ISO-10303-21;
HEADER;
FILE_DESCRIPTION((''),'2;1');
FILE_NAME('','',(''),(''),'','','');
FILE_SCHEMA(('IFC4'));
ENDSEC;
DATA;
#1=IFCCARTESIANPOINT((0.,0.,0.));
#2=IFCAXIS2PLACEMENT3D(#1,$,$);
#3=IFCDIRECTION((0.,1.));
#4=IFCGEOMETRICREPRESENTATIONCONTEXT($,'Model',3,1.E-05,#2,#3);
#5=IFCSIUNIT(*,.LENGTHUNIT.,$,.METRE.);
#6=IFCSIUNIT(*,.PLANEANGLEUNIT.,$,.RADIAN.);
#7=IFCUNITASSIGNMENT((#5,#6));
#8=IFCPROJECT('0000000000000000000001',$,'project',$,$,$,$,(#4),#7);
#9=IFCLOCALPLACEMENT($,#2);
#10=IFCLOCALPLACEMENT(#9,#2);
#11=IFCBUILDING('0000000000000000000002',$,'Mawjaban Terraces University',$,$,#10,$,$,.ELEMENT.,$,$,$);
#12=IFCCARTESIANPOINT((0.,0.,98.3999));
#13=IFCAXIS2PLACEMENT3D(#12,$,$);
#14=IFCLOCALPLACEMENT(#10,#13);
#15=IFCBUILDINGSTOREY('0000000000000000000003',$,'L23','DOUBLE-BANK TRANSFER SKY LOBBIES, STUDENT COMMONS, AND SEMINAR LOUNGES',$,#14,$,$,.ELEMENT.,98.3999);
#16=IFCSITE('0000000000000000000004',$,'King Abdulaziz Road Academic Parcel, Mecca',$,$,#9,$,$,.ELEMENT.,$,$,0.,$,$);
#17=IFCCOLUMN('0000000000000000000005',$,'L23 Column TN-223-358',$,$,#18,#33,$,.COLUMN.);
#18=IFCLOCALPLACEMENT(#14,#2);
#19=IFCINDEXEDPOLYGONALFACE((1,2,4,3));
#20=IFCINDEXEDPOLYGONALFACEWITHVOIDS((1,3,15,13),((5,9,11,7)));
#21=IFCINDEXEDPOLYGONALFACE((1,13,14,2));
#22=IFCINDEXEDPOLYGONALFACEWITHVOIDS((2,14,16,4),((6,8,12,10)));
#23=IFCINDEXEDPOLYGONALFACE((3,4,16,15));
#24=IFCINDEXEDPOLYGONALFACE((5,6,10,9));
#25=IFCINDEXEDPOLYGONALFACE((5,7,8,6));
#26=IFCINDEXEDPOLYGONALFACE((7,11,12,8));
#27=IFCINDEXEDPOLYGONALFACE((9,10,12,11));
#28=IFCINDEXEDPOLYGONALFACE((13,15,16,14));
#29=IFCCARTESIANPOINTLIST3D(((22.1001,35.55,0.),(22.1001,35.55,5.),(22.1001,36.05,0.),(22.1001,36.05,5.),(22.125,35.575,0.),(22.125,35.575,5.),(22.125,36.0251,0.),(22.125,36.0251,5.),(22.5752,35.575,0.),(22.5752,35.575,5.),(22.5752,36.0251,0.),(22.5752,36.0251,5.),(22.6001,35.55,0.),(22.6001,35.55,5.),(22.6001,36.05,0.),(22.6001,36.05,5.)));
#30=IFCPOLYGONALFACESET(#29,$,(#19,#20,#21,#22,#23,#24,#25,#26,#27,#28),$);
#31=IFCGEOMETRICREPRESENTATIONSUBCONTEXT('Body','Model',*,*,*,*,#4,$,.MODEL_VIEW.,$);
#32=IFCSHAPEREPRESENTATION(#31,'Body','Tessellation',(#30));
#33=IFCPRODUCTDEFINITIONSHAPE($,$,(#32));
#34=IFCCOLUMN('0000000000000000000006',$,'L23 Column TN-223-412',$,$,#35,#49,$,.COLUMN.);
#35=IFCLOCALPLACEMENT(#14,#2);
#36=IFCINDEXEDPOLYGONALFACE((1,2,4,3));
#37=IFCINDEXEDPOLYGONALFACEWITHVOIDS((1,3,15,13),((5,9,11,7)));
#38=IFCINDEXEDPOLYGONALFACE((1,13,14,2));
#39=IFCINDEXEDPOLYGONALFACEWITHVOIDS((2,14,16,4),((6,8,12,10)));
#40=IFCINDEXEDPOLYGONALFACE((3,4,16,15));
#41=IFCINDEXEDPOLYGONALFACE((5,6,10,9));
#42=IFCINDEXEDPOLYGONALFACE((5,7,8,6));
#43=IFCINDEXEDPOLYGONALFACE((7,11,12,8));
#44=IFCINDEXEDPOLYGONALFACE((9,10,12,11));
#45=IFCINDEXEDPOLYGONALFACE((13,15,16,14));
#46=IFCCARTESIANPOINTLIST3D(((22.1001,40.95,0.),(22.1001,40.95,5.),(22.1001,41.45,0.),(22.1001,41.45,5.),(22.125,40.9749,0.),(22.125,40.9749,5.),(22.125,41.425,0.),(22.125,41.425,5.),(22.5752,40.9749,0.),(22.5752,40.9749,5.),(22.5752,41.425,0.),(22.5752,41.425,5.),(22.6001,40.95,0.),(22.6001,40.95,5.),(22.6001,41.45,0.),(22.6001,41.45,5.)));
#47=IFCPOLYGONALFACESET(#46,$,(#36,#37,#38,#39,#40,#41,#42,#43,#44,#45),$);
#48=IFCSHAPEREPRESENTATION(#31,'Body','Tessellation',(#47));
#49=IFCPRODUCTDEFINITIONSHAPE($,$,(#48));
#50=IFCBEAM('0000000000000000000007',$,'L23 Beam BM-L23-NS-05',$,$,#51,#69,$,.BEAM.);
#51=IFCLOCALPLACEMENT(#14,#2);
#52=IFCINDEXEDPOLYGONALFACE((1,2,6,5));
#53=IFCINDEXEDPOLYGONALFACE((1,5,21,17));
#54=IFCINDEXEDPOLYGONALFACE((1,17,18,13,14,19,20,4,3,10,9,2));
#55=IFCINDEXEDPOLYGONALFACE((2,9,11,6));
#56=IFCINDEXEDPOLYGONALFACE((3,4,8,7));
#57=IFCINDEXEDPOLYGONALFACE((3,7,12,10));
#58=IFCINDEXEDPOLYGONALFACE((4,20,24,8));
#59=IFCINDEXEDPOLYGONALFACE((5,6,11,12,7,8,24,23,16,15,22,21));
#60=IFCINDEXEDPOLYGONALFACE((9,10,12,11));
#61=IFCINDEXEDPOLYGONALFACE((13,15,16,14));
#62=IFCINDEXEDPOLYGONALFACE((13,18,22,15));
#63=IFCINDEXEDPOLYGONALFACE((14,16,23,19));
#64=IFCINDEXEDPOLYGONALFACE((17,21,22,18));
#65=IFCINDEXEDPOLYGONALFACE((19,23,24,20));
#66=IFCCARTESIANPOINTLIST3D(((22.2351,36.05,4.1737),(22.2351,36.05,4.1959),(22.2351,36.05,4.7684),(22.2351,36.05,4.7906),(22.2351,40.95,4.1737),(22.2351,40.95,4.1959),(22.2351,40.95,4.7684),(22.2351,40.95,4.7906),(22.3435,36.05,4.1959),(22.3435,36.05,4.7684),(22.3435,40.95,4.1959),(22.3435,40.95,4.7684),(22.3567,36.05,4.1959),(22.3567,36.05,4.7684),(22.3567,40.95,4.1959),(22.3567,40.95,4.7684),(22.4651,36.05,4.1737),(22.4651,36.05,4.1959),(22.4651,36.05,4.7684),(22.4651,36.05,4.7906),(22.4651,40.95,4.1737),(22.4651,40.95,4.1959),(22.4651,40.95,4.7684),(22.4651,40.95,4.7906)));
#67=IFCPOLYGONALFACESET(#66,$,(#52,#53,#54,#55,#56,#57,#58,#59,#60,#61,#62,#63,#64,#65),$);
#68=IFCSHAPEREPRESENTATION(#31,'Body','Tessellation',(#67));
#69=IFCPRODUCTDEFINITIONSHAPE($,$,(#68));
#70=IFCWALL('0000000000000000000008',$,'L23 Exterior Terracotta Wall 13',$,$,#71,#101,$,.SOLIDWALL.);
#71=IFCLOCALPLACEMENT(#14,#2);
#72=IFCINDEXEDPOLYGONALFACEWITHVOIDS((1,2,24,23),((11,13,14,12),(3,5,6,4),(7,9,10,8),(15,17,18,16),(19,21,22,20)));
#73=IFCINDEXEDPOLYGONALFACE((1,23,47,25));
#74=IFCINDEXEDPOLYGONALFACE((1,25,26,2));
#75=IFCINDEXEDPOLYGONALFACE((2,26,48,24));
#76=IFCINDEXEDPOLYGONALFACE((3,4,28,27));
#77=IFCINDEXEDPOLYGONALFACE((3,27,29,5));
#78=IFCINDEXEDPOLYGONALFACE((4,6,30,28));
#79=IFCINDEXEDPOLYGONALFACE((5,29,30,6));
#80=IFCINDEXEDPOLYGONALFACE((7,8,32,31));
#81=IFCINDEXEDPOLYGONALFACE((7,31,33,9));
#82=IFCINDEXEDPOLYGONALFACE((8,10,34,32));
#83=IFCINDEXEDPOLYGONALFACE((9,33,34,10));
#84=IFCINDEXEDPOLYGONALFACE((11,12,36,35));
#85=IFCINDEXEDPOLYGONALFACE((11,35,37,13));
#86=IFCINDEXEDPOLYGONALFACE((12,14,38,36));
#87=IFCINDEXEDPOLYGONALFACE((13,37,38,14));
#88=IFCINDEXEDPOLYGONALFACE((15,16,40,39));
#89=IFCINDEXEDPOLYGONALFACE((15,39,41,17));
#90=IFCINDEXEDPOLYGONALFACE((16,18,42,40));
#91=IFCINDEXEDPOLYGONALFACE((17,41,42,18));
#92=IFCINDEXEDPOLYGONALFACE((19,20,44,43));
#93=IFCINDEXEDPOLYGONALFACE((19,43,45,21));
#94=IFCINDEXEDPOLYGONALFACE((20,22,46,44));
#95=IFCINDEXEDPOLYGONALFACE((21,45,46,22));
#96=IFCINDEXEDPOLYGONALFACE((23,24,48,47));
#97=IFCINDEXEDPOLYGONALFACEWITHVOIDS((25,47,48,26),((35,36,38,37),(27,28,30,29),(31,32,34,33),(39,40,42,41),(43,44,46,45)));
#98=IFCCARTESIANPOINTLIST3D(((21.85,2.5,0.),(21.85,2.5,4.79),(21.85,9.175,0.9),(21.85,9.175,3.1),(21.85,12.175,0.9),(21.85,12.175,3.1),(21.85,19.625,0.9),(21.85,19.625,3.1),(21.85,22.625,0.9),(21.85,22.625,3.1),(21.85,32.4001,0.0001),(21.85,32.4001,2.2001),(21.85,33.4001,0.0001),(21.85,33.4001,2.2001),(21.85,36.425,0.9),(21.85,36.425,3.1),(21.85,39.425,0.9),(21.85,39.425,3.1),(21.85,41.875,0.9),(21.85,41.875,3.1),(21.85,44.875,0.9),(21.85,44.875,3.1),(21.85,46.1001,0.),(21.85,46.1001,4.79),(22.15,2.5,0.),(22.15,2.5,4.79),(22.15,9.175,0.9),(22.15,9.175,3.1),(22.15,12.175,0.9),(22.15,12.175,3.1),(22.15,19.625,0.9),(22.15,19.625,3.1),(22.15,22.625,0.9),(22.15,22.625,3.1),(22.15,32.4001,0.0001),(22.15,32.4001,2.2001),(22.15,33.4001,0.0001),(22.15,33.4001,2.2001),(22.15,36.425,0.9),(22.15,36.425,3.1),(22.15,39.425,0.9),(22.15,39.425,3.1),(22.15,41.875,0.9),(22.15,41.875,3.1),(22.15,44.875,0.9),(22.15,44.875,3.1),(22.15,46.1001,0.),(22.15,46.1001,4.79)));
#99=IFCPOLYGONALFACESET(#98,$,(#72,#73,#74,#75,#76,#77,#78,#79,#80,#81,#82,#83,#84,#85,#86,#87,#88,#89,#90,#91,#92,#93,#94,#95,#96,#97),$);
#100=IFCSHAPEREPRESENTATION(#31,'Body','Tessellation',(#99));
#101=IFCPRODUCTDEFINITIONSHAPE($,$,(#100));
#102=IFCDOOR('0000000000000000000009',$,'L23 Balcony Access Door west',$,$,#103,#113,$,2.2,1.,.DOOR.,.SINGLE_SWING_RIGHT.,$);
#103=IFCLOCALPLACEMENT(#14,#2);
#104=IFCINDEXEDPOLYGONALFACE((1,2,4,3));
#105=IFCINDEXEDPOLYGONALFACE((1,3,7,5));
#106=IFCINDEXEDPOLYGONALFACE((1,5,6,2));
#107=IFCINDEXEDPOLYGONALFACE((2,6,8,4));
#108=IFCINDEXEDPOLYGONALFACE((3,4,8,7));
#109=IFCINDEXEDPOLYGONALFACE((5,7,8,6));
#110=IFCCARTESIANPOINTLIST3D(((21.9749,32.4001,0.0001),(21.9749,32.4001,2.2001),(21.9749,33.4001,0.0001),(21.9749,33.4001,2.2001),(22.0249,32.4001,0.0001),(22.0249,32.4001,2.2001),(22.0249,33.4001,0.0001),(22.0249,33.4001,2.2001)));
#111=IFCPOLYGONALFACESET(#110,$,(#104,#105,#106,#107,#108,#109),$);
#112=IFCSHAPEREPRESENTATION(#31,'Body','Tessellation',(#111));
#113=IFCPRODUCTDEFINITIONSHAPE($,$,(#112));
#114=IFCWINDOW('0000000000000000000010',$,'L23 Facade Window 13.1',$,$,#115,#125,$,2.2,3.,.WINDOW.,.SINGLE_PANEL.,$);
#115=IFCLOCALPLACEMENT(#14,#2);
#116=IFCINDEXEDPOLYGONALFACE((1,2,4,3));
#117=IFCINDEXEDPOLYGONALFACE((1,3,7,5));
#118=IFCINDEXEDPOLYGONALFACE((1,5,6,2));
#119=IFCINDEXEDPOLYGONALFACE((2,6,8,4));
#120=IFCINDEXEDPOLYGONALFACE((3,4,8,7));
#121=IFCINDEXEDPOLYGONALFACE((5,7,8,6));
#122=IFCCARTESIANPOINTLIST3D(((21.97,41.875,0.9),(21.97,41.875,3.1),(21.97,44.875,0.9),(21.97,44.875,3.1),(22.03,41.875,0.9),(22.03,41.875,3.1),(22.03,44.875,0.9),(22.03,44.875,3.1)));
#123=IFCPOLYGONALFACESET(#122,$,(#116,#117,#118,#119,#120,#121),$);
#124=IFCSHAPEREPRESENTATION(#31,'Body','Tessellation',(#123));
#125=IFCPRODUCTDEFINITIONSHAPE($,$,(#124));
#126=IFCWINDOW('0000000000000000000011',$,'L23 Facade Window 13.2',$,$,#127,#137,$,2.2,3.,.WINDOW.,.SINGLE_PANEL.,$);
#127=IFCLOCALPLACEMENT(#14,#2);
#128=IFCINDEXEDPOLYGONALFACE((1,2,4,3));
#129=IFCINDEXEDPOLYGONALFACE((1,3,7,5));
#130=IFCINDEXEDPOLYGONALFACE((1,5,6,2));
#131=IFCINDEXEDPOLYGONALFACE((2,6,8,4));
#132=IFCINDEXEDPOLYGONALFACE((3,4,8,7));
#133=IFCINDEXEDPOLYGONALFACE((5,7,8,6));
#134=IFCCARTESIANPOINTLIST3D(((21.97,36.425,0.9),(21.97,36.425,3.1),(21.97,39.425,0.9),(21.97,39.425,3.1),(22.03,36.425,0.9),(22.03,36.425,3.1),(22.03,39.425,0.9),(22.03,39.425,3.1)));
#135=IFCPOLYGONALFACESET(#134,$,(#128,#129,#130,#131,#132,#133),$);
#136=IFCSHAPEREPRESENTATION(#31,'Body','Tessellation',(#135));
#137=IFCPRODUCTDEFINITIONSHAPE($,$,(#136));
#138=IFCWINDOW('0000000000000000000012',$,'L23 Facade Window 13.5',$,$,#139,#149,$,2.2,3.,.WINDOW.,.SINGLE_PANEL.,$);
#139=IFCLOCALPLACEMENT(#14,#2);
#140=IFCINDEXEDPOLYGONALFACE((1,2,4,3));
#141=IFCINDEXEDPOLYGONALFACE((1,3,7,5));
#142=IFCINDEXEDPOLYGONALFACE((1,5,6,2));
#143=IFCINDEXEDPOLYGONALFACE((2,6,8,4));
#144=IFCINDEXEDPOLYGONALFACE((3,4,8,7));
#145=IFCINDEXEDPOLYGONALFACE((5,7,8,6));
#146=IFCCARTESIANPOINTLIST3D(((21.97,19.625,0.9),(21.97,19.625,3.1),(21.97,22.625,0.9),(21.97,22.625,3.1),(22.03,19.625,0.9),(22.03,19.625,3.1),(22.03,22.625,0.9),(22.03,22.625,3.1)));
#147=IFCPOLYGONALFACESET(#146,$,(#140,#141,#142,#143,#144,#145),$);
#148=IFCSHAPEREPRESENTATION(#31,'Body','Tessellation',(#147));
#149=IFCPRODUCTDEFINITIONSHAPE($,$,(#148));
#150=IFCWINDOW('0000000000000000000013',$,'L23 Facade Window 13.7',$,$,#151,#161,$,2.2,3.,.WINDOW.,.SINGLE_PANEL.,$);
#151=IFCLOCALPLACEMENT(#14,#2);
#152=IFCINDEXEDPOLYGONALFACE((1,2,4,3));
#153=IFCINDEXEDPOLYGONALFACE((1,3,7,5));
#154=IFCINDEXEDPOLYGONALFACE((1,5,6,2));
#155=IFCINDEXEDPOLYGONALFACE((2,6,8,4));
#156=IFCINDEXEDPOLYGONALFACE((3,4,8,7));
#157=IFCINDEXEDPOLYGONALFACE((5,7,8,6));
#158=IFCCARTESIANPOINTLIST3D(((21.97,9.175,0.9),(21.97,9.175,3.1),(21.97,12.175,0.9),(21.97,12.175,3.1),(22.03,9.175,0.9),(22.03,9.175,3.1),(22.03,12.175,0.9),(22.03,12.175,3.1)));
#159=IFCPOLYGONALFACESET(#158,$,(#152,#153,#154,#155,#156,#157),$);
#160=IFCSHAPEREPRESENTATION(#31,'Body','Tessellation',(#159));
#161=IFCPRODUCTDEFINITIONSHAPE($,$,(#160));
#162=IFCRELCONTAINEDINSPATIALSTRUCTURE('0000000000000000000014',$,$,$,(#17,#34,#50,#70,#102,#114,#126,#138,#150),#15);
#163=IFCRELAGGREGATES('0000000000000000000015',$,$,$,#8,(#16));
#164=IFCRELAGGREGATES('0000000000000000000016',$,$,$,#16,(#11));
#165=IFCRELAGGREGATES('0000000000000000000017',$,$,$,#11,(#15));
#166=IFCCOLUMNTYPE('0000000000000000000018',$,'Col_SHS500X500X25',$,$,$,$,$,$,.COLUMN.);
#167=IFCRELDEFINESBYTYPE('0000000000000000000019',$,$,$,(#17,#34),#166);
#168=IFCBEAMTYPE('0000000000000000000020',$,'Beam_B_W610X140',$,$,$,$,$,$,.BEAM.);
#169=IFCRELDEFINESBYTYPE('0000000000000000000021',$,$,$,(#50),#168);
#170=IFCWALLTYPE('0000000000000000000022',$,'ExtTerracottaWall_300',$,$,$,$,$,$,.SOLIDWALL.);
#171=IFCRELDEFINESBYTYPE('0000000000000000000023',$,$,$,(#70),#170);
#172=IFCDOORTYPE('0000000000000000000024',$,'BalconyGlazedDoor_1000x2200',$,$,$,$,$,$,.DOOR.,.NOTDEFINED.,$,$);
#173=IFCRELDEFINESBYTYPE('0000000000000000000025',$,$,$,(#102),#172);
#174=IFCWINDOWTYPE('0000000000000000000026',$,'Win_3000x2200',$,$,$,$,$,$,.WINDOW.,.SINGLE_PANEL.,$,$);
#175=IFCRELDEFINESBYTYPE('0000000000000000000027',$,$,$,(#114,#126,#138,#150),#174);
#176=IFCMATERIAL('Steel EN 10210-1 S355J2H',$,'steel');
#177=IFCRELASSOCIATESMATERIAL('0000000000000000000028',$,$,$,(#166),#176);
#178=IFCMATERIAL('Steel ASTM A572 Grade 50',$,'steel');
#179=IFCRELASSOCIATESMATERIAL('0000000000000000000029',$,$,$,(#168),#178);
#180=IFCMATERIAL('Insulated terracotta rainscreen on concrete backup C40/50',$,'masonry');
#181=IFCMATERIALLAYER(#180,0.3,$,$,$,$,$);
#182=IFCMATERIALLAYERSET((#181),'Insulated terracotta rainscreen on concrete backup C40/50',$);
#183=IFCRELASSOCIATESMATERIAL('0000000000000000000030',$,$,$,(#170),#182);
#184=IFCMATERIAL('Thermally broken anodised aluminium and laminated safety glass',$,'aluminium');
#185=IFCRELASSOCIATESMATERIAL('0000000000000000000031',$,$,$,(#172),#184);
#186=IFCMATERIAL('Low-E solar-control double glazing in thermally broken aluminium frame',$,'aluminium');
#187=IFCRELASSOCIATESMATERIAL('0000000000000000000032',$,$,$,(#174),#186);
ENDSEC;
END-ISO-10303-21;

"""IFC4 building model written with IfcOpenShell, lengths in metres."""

from ifc_helpers import new_model, si_unit, direction, frame, frame_2d, origin, origin_2d, place, context, subcontext, project, spatial, rectangle, hollow_rectangle, i_section, extrude, material, layer, layer_set, material_profile, profile_set, type_object, element, fill, save


model = new_model("IFC4")

# Units and contexts
model_context = context("Model", 3, precision=1e-05, world=origin(), true_north=direction((0.0, 1.0)))
body_context = subcontext(model_context, "Body", "Model", "MODEL_VIEW")
ifc_project = project(units=[si_unit("LENGTHUNIT", "METRE"), si_unit("PLANEANGLEUNIT", "RADIAN")], contexts=[model_context])

# Site, building, storey
site_placement = place(None, origin())
site = spatial("IfcSite", under=ifc_project, at=site_placement, Name="King Abdulaziz Road Academic Parcel, Mecca", CompositionType="ELEMENT", RefElevation=0.0)
building_placement = place(site_placement, origin())
building = spatial("IfcBuilding", under=site, at=building_placement, Name="Mawjaban Terraces University", CompositionType="ELEMENT")
storey_placement = place(building_placement, frame((0.0, 0.0, 98.3999)))
storey = spatial("IfcBuildingStorey", under=building, at=storey_placement, Name="L23", Description="DOUBLE-BANK TRANSFER SKY LOBBIES, STUDENT COMMONS, AND SEMINAR LOUNGES", CompositionType="ELEMENT", Elevation=98.3999)

# Columns
ifc_material_1 = material(Name="Steel EN 10210-1 S355J2H", Category="steel")
ifc_material_profile_1 = material_profile(ifc_material_1, hollow_rectangle(XDim=0.5, YDim=0.5, WallThickness=0.0249, at=origin_2d()), Name="SHS500X500X25")
ifc_profile_set_1 = profile_set([ifc_material_profile_1], Name="Steel EN 10210-1 S355J2H")
column_type = type_object("IfcColumnType", Name="Col_SHS500X500X25", PredefinedType="COLUMN", material=ifc_profile_set_1)
for number, where, z_axis, x_axis, name in (
    (1, (22.3501, 35.8, 0.0), (0.0, 0.0, 1.0), (1.0, 0.0, 0.0), "L23 Column TN-223-358"),
    (2, (22.3501, 41.2, 0.0), (0.0, 0.0, 1.0), (1.0, 0.0, 0.0), "L23 Column TN-223-412"),
):
    element("IfcColumn", number, at=place(storey_placement, frame(where, z_axis=z_axis, x_axis=x_axis)), inside=storey, type_object=column_type, Name=name, PredefinedType="COLUMN", context=body_context, shape_type="SweptSolid", body=[
        extrude(hollow_rectangle(XDim=0.5, YDim=0.5, WallThickness=0.0249, at=origin_2d()), origin(), (0.0, 0.0, 1.0), 5.0),
    ])

# Beam
ifc_material_2 = material(Name="Steel ASTM A572 Grade 50", Category="steel")
ifc_material_profile_2 = material_profile(ifc_material_2, i_section(OverallWidth=0.23, OverallDepth=0.6169, WebThickness=0.0132, FlangeThickness=0.0222, at=origin_2d()), Name="W610X140")
ifc_profile_set_2 = profile_set([ifc_material_profile_2], Name="Steel ASTM A572 Grade 50")
beam_type = type_object("IfcBeamType", Name="Beam_B_W610X140", PredefinedType="BEAM", material=ifc_profile_set_2)
beam_placement = place(storey_placement, frame((22.3501, 36.05, 4.4822), z_axis=(0.0, 1.0, 0.0), x_axis=(-1.0, 0.0, 0.0)))
element("IfcBeam", 3, at=beam_placement, inside=storey, type_object=beam_type, Name="L23 Beam BM-L23-NS-05", PredefinedType="BEAM", context=body_context, shape_type="SweptSolid", body=[
    extrude(i_section(OverallWidth=0.23, OverallDepth=0.6169, WebThickness=0.0132, FlangeThickness=0.0222, at=origin_2d()), origin(), (0.0, 0.0, 1.0), 4.8999),
])

# Wall, openings, door, windows
ifc_material_3 = material(Name="Insulated terracotta rainscreen on concrete backup C40/50", Category="masonry")
ifc_layer_1 = layer(ifc_material_3, 0.3)
ifc_layer_set_1 = layer_set([ifc_layer_1], Name="Insulated terracotta rainscreen on concrete backup C40/50")
wall_type = type_object("IfcWallType", Name="ExtTerracottaWall_300", PredefinedType="SOLIDWALL", material=ifc_layer_set_1)
wall_placement = place(storey_placement, frame((22.0, 46.1001, 0.0), z_axis=(0.0, 0.0, 1.0), x_axis=(0.0, -1.0, 0.0)))
wall = element("IfcWall", 4, at=wall_placement, inside=storey, type_object=wall_type, Name="L23 Exterior Terracotta Wall 13", PredefinedType="SOLIDWALL", context=body_context, shape_type="SweptSolid", body=[
    extrude(rectangle(XDim=43.6001, YDim=0.3, at=frame_2d((21.8, 0.0))), origin(), (0.0, 0.0, 1.0), 4.79),
])
opening_1_placement = place(wall_placement, frame((12.7, 0.0, 0.0)))
opening_1 = element("IfcOpeningElement", 5, at=opening_1_placement, cuts=wall, PredefinedType="OPENING", context=body_context, shape_type="SweptSolid", body=[
    extrude(rectangle(XDim=1.0, YDim=2.2, at=frame_2d((0.5, 1.1001))), frame((0.0, 0.1599, 0.0), z_axis=(0.0, -1.0, 0.0), x_axis=(1.0, 0.0, 0.0)), (0.0, 0.0, 1.0), 0.3201),
])
opening_2_placement = place(wall_placement, frame((1.2251, 0.0, 0.8999)))
opening_2 = element("IfcOpeningElement", 6, at=opening_2_placement, cuts=wall, PredefinedType="OPENING", context=body_context, shape_type="SweptSolid", body=[
    extrude(rectangle(XDim=3.0, YDim=2.2, at=frame_2d((1.5, 1.1001))), frame((0.0, 0.1599, 0.0), z_axis=(0.0, -1.0, 0.0), x_axis=(1.0, 0.0, 0.0)), (0.0, 0.0, 1.0), 0.3201),
])
opening_3_placement = place(wall_placement, frame((6.675, 0.0, 0.8999)))
opening_3 = element("IfcOpeningElement", 7, at=opening_3_placement, cuts=wall, PredefinedType="OPENING", context=body_context, shape_type="SweptSolid", body=[
    extrude(rectangle(XDim=3.0, YDim=2.2, at=frame_2d((1.5, 1.1001))), frame((0.0, 0.1599, 0.0), z_axis=(0.0, -1.0, 0.0), x_axis=(1.0, 0.0, 0.0)), (0.0, 0.0, 1.0), 0.3201),
])
opening_4_placement = place(wall_placement, frame((23.4751, 0.0, 0.8999)))
opening_4 = element("IfcOpeningElement", 8, at=opening_4_placement, cuts=wall, PredefinedType="OPENING", context=body_context, shape_type="SweptSolid", body=[
    extrude(rectangle(XDim=3.0, YDim=2.2, at=frame_2d((1.5, 1.1001))), frame((0.0, 0.1599, 0.0), z_axis=(0.0, -1.0, 0.0), x_axis=(1.0, 0.0, 0.0)), (0.0, 0.0, 1.0), 0.3201),
])
opening_5_placement = place(wall_placement, frame((33.925, 0.0, 0.8999)))
opening_5 = element("IfcOpeningElement", 9, at=opening_5_placement, cuts=wall, PredefinedType="OPENING", context=body_context, shape_type="SweptSolid", body=[
    extrude(rectangle(XDim=3.0, YDim=2.2, at=frame_2d((1.5, 1.1001))), frame((0.0, 0.1599, 0.0), z_axis=(0.0, -1.0, 0.0), x_axis=(1.0, 0.0, 0.0)), (0.0, 0.0, 1.0), 0.3201),
])
ifc_material_4 = material(Name="Thermally broken anodised aluminium and laminated safety glass", Category="aluminium")
door_type = type_object("IfcDoorType", Name="BalconyGlazedDoor_1000x2200", OperationType="NOTDEFINED", PredefinedType="DOOR", material=ifc_material_4)
door_placement = place(opening_1_placement, origin())
door = element("IfcDoor", 10, at=door_placement, inside=storey, type_object=door_type, Name="L23 Balcony Access Door west", OperationType="SINGLE_SWING_RIGHT", OverallHeight=2.2, OverallWidth=1.0, PredefinedType="DOOR", context=body_context, shape_type="SweptSolid", body=[
    extrude(rectangle(XDim=1.0, YDim=2.2, at=frame_2d((0.5, 1.1001))), frame((0.0, 0.0249, 0.0), z_axis=(0.0, -1.0, 0.0), x_axis=(1.0, 0.0, 0.0)), (0.0, 0.0, 1.0), 0.05),
])
fill(opening_1, door)
ifc_material_5 = material(Name="Low-E solar-control double glazing in thermally broken aluminium frame", Category="aluminium")
window_type = type_object("IfcWindowType", Name="Win_3000x2200", PartitioningType="SINGLE_PANEL", PredefinedType="WINDOW", material=ifc_material_5)
window_1_placement = place(opening_2_placement, origin())
window_1 = element("IfcWindow", 11, at=window_1_placement, inside=storey, type_object=window_type, Name="L23 Facade Window 13.1", OverallHeight=2.2, OverallWidth=3.0, PartitioningType="SINGLE_PANEL", PredefinedType="WINDOW", context=body_context, shape_type="SweptSolid", body=[
    extrude(rectangle(XDim=3.0, YDim=2.2, at=frame_2d((1.5, 1.1001))), frame((0.0, 0.03, 0.0), z_axis=(0.0, -1.0, 0.0), x_axis=(1.0, 0.0, 0.0)), (0.0, 0.0, 1.0), 0.0601),
])
fill(opening_2, window_1)
window_2_placement = place(opening_3_placement, origin())
window_2 = element("IfcWindow", 12, at=window_2_placement, inside=storey, type_object=window_type, Name="L23 Facade Window 13.2", OverallHeight=2.2, OverallWidth=3.0, PartitioningType="SINGLE_PANEL", PredefinedType="WINDOW", context=body_context, shape_type="SweptSolid", body=[
    extrude(rectangle(XDim=3.0, YDim=2.2, at=frame_2d((1.5, 1.1001))), frame((0.0, 0.03, 0.0), z_axis=(0.0, -1.0, 0.0), x_axis=(1.0, 0.0, 0.0)), (0.0, 0.0, 1.0), 0.0601),
])
fill(opening_3, window_2)
window_3_placement = place(opening_4_placement, origin())
window_3 = element("IfcWindow", 13, at=window_3_placement, inside=storey, type_object=window_type, Name="L23 Facade Window 13.5", OverallHeight=2.2, OverallWidth=3.0, PartitioningType="SINGLE_PANEL", PredefinedType="WINDOW", context=body_context, shape_type="SweptSolid", body=[
    extrude(rectangle(XDim=3.0, YDim=2.2, at=frame_2d((1.5, 1.1001))), frame((0.0, 0.03, 0.0), z_axis=(0.0, -1.0, 0.0), x_axis=(1.0, 0.0, 0.0)), (0.0, 0.0, 1.0), 0.0601),
])
fill(opening_4, window_3)
window_4_placement = place(opening_5_placement, origin())
window_4 = element("IfcWindow", 14, at=window_4_placement, inside=storey, type_object=window_type, Name="L23 Facade Window 13.7", OverallHeight=2.2, OverallWidth=3.0, PartitioningType="SINGLE_PANEL", PredefinedType="WINDOW", context=body_context, shape_type="SweptSolid", body=[
    extrude(rectangle(XDim=3.0, YDim=2.2, at=frame_2d((1.5, 1.1001))), frame((0.0, 0.03, 0.0), z_axis=(0.0, -1.0, 0.0), x_axis=(1.0, 0.0, 0.0)), (0.0, 0.0, 1.0), 0.0601),
])
fill(opening_5, window_4)

save(model, "model.ifc")
